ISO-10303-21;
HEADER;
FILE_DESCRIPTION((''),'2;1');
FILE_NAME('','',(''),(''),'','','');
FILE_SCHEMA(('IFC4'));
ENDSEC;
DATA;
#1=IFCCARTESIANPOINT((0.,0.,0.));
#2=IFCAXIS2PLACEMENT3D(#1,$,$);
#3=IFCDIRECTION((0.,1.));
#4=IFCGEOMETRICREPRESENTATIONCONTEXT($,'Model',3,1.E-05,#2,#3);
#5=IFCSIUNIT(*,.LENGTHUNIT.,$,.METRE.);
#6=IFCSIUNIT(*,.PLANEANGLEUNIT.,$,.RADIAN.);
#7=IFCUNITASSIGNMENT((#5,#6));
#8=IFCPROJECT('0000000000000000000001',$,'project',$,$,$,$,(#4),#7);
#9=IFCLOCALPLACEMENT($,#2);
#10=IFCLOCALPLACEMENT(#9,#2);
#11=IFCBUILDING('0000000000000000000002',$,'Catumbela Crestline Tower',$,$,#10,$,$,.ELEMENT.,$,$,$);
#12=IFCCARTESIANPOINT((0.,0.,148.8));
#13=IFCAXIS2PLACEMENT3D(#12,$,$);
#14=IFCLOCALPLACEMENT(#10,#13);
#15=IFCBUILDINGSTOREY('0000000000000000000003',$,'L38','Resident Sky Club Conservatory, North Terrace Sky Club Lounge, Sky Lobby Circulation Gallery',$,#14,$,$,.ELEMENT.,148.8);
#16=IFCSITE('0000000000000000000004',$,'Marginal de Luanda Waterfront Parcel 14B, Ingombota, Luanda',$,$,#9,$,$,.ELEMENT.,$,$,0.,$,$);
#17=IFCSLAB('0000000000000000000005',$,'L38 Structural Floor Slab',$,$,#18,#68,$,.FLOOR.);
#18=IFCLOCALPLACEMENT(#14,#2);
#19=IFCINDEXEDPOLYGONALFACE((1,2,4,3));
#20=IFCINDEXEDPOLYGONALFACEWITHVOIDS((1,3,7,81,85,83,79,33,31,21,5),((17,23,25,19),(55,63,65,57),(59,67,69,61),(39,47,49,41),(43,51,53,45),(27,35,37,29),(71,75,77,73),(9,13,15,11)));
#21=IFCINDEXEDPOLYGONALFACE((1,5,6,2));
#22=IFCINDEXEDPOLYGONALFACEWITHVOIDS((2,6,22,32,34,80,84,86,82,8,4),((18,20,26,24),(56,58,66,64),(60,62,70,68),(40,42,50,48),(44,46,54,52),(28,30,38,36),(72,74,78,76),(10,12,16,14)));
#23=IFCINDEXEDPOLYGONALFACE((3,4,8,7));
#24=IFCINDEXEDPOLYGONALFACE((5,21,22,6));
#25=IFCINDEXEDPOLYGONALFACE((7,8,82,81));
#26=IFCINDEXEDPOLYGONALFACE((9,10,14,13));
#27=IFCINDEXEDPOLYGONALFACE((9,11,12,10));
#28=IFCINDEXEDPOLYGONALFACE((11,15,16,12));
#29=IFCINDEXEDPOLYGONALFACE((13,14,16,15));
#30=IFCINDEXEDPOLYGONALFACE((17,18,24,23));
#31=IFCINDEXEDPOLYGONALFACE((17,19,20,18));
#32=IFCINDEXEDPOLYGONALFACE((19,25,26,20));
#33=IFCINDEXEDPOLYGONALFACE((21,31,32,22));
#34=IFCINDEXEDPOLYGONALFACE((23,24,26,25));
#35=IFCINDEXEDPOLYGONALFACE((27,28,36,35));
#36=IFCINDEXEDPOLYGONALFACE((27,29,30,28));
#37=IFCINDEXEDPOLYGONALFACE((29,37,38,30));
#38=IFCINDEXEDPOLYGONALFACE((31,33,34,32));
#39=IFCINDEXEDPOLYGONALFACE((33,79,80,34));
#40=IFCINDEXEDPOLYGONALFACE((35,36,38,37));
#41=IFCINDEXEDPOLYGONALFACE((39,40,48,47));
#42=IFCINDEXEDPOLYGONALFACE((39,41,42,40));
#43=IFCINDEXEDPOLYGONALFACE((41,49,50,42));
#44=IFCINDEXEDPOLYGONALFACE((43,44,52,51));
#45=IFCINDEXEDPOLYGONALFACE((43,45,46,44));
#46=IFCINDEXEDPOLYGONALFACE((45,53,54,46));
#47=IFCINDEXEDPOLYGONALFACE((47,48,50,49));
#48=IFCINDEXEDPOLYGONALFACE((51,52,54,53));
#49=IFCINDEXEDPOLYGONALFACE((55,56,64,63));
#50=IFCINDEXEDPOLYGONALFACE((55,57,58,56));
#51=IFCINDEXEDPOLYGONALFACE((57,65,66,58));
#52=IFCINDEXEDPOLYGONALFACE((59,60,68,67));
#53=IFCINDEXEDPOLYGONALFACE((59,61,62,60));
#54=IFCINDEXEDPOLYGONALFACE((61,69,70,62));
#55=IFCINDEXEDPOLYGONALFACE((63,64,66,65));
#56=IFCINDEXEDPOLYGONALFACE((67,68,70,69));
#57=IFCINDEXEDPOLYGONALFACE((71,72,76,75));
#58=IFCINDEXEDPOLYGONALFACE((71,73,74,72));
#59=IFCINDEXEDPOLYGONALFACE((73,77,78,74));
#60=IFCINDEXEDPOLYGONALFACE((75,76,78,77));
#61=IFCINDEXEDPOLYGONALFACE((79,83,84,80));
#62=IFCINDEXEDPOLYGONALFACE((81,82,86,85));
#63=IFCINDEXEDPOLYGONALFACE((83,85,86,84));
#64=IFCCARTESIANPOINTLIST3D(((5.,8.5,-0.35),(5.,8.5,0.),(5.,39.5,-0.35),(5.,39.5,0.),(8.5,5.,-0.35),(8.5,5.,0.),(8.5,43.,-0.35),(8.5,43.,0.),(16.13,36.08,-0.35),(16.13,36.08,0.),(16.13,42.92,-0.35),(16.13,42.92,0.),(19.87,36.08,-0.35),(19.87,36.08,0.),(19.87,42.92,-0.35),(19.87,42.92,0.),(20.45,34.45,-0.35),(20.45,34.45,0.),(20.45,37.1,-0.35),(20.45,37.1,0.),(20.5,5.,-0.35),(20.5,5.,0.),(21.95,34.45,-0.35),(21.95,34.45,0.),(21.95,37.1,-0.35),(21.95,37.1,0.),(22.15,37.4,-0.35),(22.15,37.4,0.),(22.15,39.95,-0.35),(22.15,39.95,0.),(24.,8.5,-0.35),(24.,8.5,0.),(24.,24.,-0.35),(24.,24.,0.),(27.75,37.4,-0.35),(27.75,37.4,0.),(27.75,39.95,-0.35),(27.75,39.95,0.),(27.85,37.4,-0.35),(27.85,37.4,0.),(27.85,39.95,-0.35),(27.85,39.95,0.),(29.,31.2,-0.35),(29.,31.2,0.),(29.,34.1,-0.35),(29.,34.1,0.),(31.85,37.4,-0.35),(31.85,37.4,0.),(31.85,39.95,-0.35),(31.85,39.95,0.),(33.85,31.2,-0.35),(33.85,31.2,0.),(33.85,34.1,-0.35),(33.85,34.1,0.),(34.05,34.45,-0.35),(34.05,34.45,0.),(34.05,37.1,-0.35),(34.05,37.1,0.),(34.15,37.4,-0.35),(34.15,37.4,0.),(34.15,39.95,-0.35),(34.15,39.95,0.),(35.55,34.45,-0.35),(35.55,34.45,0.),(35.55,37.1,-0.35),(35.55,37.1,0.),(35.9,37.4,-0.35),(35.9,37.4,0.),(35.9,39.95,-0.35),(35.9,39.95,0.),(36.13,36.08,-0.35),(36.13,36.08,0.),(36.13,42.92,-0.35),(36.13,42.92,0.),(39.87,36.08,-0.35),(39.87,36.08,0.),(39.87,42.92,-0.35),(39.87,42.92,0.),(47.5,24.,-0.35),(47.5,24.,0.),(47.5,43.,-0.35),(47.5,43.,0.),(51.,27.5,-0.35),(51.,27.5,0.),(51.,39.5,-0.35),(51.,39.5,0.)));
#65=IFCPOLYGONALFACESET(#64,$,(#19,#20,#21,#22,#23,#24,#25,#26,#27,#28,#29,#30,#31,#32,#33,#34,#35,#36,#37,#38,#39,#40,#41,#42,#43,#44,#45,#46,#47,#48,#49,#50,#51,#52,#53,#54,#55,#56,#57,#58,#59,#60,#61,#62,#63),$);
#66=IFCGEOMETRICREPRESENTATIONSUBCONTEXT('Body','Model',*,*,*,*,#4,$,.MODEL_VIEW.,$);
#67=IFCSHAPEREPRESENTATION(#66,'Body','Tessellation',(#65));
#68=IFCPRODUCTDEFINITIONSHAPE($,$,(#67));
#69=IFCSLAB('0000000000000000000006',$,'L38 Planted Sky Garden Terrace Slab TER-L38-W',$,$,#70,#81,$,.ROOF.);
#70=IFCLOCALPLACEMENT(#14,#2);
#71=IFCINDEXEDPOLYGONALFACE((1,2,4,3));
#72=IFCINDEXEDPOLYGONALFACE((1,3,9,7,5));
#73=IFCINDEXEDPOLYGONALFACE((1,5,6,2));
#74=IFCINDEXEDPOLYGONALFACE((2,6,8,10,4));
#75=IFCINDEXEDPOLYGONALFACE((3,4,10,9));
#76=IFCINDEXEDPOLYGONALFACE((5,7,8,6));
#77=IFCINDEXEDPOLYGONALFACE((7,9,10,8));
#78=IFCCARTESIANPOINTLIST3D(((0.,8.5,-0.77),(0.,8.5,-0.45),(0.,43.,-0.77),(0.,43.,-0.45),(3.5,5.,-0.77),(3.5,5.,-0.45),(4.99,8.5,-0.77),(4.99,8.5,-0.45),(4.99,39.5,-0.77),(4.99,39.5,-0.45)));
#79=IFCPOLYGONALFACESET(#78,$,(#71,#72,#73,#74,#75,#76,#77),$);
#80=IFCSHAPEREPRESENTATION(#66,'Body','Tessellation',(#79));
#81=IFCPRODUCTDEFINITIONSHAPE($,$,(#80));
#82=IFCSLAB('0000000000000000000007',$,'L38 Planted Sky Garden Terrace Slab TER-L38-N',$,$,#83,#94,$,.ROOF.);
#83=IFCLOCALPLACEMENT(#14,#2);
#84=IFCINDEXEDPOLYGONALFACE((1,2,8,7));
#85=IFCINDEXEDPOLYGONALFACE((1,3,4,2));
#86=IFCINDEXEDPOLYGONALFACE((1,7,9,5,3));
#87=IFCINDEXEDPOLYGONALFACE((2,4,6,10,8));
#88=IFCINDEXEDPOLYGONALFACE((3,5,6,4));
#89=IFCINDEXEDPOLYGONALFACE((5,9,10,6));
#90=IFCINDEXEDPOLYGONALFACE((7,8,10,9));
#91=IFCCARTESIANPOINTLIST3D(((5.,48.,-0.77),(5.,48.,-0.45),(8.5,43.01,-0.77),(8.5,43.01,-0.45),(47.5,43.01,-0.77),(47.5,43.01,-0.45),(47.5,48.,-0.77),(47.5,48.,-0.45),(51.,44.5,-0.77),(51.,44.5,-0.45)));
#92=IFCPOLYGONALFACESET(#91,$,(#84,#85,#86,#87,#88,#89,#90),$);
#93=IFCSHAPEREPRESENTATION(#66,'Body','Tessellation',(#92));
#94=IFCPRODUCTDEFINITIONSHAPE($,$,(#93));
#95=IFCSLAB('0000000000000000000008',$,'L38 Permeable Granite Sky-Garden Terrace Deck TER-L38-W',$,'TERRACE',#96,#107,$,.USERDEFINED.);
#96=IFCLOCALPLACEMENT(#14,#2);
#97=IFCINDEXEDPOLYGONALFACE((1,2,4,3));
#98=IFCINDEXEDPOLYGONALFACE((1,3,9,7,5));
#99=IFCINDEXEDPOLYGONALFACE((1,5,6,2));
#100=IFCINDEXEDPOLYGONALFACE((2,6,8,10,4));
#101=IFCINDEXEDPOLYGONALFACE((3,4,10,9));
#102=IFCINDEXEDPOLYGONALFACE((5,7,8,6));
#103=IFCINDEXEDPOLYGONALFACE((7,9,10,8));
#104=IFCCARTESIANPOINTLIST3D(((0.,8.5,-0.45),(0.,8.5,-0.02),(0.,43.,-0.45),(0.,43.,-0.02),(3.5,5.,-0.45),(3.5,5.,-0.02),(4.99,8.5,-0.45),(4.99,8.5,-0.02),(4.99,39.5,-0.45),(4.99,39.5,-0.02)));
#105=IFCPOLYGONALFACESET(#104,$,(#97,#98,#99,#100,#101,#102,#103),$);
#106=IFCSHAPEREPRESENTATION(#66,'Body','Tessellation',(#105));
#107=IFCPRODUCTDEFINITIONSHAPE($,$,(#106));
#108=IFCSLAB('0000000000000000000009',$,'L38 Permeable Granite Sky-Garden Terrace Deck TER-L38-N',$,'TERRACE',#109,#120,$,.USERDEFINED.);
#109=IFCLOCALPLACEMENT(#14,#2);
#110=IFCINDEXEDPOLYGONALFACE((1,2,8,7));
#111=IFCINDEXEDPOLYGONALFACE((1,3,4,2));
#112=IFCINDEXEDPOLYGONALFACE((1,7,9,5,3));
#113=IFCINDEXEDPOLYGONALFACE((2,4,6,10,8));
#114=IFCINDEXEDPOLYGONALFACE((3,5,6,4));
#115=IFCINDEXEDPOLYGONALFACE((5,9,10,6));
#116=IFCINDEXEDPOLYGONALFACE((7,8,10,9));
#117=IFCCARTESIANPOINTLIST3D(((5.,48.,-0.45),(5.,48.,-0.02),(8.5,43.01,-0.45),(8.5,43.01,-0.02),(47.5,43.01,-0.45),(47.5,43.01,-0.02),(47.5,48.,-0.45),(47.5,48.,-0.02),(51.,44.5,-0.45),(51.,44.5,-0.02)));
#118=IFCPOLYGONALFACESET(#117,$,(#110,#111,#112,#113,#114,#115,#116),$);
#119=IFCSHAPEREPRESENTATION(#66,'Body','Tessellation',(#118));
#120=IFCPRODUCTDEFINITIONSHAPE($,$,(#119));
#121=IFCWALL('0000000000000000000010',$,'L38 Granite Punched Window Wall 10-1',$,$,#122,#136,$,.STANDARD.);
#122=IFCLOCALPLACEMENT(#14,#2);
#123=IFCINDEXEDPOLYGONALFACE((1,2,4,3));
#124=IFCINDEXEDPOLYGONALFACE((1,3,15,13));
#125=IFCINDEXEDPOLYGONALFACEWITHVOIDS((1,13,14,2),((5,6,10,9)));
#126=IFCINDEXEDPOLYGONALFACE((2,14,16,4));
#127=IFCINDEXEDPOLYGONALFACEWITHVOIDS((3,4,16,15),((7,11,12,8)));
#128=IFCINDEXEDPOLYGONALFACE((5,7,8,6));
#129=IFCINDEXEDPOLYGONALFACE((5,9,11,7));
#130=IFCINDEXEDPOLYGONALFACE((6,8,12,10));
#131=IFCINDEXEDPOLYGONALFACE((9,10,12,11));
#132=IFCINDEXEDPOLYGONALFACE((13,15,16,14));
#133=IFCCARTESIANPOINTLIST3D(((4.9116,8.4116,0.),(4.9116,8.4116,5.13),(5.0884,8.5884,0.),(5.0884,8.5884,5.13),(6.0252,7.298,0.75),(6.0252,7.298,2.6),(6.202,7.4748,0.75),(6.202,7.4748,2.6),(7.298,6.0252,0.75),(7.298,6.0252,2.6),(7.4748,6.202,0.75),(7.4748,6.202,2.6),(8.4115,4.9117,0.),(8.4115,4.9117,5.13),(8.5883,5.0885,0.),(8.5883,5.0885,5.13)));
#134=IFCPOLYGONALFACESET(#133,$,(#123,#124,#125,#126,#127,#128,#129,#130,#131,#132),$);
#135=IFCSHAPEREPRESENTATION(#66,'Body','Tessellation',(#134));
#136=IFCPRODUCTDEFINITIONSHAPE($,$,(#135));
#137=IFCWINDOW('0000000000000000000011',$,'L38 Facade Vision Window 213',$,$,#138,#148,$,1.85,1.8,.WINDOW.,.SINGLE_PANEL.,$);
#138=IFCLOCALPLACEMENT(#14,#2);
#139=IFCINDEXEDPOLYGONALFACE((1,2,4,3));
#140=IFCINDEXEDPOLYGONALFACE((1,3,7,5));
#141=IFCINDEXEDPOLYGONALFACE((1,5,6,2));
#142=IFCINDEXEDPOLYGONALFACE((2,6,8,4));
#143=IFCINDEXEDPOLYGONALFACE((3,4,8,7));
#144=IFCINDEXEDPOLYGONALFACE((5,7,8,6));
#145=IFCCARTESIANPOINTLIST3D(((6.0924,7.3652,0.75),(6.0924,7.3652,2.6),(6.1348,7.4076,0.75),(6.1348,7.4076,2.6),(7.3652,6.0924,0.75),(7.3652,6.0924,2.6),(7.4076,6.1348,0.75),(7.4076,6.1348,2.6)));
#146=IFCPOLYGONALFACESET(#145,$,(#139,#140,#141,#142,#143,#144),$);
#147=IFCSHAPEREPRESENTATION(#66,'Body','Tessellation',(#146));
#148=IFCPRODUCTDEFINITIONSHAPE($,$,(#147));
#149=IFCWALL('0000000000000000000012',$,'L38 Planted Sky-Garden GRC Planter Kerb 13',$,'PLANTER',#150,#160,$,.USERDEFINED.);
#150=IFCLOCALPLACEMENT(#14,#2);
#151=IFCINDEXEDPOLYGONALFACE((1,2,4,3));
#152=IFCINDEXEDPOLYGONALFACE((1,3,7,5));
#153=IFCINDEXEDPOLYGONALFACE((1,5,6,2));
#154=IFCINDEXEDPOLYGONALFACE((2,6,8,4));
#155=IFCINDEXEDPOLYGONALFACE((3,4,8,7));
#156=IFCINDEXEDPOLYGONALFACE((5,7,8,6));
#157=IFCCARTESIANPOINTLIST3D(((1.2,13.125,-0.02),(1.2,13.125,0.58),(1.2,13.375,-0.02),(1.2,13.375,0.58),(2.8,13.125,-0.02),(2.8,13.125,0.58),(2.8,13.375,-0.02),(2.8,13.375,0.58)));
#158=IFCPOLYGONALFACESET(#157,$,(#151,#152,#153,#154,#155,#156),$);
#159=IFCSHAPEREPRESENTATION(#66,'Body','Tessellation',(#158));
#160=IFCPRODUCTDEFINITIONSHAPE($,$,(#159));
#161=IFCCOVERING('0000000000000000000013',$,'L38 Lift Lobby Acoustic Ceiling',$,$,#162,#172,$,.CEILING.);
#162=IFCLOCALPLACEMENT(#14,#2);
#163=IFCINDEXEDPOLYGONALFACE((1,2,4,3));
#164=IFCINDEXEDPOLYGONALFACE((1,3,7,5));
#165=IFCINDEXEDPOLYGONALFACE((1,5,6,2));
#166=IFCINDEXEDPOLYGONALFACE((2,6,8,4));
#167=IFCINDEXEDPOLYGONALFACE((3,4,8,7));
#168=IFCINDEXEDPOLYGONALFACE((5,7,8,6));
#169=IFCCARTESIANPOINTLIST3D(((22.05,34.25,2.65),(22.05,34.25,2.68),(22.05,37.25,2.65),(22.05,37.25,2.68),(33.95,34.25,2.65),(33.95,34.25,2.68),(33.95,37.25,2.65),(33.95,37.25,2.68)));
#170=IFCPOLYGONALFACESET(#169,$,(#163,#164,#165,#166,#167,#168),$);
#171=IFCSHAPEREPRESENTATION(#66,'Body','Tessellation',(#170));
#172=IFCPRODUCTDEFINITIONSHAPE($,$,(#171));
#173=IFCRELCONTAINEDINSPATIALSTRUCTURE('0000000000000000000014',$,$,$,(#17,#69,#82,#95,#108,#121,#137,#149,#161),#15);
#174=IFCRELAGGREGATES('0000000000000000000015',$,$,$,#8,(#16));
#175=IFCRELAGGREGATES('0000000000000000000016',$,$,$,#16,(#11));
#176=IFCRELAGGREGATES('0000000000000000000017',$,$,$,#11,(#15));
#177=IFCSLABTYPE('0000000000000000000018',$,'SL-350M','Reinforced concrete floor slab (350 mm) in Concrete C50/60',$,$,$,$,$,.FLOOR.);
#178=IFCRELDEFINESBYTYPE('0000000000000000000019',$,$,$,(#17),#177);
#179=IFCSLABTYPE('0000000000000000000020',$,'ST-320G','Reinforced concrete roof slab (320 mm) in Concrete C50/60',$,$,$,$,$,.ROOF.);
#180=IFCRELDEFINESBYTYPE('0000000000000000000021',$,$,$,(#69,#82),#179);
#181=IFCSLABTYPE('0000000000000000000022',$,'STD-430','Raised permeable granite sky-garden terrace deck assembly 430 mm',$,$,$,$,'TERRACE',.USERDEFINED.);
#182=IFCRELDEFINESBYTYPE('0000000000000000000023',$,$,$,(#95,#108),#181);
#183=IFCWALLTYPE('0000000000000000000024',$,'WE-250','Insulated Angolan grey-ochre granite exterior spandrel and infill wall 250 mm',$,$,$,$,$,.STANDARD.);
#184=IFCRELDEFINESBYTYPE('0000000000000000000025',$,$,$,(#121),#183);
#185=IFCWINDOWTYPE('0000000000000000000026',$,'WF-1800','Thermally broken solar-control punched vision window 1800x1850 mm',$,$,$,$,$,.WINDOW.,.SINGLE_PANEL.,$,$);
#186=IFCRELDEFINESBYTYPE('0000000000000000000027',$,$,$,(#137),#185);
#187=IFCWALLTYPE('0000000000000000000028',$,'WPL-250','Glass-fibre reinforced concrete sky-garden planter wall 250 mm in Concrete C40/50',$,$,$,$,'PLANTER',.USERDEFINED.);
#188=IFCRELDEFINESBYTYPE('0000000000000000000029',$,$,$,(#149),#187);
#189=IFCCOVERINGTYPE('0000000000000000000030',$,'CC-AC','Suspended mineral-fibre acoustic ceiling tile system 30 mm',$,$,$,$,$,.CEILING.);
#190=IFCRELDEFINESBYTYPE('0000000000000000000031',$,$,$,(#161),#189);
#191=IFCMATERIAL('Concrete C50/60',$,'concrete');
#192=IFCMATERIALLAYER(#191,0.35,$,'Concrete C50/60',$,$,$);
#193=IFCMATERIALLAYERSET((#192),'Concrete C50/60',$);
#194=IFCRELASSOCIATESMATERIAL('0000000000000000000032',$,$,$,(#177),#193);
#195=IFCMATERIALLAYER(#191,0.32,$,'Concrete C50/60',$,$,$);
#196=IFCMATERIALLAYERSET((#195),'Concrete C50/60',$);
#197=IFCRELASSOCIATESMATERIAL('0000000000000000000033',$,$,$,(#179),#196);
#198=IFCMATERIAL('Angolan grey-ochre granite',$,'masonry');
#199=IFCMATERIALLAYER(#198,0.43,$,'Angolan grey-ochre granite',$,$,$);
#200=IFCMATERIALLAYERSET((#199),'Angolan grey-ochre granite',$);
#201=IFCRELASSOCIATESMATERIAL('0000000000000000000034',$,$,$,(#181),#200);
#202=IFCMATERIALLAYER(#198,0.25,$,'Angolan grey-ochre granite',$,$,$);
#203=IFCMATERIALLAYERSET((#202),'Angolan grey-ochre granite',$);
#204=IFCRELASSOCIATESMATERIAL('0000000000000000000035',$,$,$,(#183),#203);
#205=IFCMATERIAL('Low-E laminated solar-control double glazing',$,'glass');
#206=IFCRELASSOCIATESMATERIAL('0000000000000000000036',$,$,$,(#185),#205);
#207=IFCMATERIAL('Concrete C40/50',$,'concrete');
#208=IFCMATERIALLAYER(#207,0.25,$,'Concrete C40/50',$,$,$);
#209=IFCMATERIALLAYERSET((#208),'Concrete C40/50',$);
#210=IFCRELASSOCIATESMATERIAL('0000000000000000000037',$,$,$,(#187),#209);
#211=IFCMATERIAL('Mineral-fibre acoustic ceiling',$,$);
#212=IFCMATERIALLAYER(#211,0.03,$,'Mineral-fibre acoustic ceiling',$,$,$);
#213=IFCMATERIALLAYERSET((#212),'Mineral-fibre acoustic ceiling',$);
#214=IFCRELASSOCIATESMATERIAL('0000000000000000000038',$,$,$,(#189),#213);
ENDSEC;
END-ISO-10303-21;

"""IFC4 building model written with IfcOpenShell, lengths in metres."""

from ifc_helpers import new_model, si_unit, direction, frame, frame_2d, origin, place, context, subcontext, project, spatial, polyline, rectangle, outline, extrude, material, layer, layer_set, type_object, element, fill, save


model = new_model("IFC4")

# Units and contexts
model_context = context("Model", 3, precision=1e-05, world=origin(), true_north=direction((0.0, 1.0)))
body_context = subcontext(model_context, "Body", "Model", "MODEL_VIEW")
ifc_project = project(units=[si_unit("LENGTHUNIT", "METRE"), si_unit("PLANEANGLEUNIT", "RADIAN")], contexts=[model_context])

# Site, building, storey
site_placement = place(None, origin())
site = spatial("IfcSite", under=ifc_project, at=site_placement, Name="Marginal de Luanda Waterfront Parcel 14B, Ingombota, Luanda", CompositionType="ELEMENT", RefElevation=0.0)
building_placement = place(site_placement, origin())
building = spatial("IfcBuilding", under=site, at=building_placement, Name="Catumbela Crestline Tower", CompositionType="ELEMENT")
storey_placement = place(building_placement, frame((0.0, 0.0, 148.8)))
storey = spatial("IfcBuildingStorey", under=building, at=storey_placement, Name="L38", Description="Resident Sky Club Conservatory, North Terrace Sky Club Lounge, Sky Lobby Circulation Gallery", CompositionType="ELEMENT", Elevation=148.8)

# Shared definitions
ifc_material_1 = material(Name="Low-E laminated solar-control double glazing", Category="glass")

# Slabs
ifc_material_2 = material(Name="Concrete C50/60", Category="concrete")
ifc_layer_1 = layer(ifc_material_2, 0.35, Name="Concrete C50/60")
ifc_layer_set_1 = layer_set([ifc_layer_1], Name="Concrete C50/60")
slab_type_1 = type_object("IfcSlabType", Name="SL-350M", Description="Reinforced concrete floor slab (350 mm) in Concrete C50/60", PredefinedType="FLOOR", material=ifc_layer_set_1)
slab_1_placement = place(storey_placement, frame((0.0, 0.0, -0.35)))
element("IfcSlab", 1, at=slab_1_placement, inside=storey, type_object=slab_type_1, Name="L38 Structural Floor Slab", PredefinedType="FLOOR", context=body_context, shape_type="SweptSolid", body=[
    extrude(outline(polyline([(8.5, 5.0), (20.5, 5.0), (24.0, 8.5), (24.0, 24.0), (47.5, 24.0), (51.0, 27.5), (51.0, 39.5), (47.5, 43.0), (8.5, 43.0), (5.0, 39.5), (5.0, 8.5), (8.5, 5.0)]), holes=[polyline([(16.13, 36.08), (19.87, 36.08), (19.87, 42.92), (16.13, 42.92), (16.13, 36.08)]), polyline([(36.13, 36.08), (39.87, 36.08), (39.87, 42.92), (36.13, 42.92), (36.13, 36.08)]), polyline([(29.0, 31.2), (33.85, 31.2), (33.85, 34.1), (29.0, 34.1), (29.0, 31.2)]), polyline([(22.15, 37.4), (27.75, 37.4), (27.75, 39.95), (22.15, 39.95), (22.15, 37.4)]), polyline([(27.85, 37.4), (31.85, 37.4), (31.85, 39.95), (27.85, 39.95), (27.85, 37.4)]), polyline([(20.45, 34.45), (21.95, 34.45), (21.95, 37.1), (20.45, 37.1), (20.45, 34.45)]), polyline([(34.05, 34.45), (35.55, 34.45), (35.55, 37.1), (34.05, 37.1), (34.05, 34.45)]), polyline([(34.15, 37.4), (35.9, 37.4), (35.9, 39.95), (34.15, 39.95), (34.15, 37.4)])]), origin(), (0.0, 0.0, 1.0), 0.35),
])
ifc_layer_2 = layer(ifc_material_2, 0.32, Name="Concrete C50/60")
ifc_layer_set_2 = layer_set([ifc_layer_2], Name="Concrete C50/60")
slab_type_2 = type_object("IfcSlabType", Name="ST-320G", Description="Reinforced concrete roof slab (320 mm) in Concrete C50/60", PredefinedType="ROOF", material=ifc_layer_set_2)
slab_2_placement = place(storey_placement, frame((0.0, 0.0, -0.77)))
element("IfcSlab", 2, at=slab_2_placement, inside=storey, type_object=slab_type_2, Name="L38 Planted Sky Garden Terrace Slab TER-L38-W", PredefinedType="ROOF", context=body_context, shape_type="SweptSolid", body=[
    extrude(outline(polyline([(0.0, 8.5), (3.5, 5.0), (4.99, 8.5), (4.99, 39.5), (0.0, 43.0), (0.0, 8.5)])), origin(), (0.0, 0.0, 1.0), 0.32),
])
slab_3_placement = place(storey_placement, frame((0.0, 0.0, -0.77)))
element("IfcSlab", 3, at=slab_3_placement, inside=storey, type_object=slab_type_2, Name="L38 Planted Sky Garden Terrace Slab TER-L38-N", PredefinedType="ROOF", context=body_context, shape_type="SweptSolid", body=[
    extrude(outline(polyline([(8.5, 43.01), (47.5, 43.01), (51.0, 44.5), (47.5, 48.0), (5.0, 48.0), (8.5, 43.01)])), origin(), (0.0, 0.0, 1.0), 0.32),
])
ifc_material_3 = material(Name="Angolan grey-ochre granite", Category="masonry")
ifc_layer_3 = layer(ifc_material_3, 0.43, Name="Angolan grey-ochre granite")
ifc_layer_set_3 = layer_set([ifc_layer_3], Name="Angolan grey-ochre granite")
slab_type_3 = type_object("IfcSlabType", Name="STD-430", Description="Raised permeable granite sky-garden terrace deck assembly 430 mm", ElementType="TERRACE", PredefinedType="USERDEFINED", material=ifc_layer_set_3)
slab_4_placement = place(storey_placement, frame((0.0, 0.0, -0.45)))
element("IfcSlab", 4, at=slab_4_placement, inside=storey, type_object=slab_type_3, Name="L38 Permeable Granite Sky-Garden Terrace Deck TER-L38-W", ObjectType="TERRACE", PredefinedType="USERDEFINED", context=body_context, shape_type="SweptSolid", body=[
    extrude(outline(polyline([(0.0, 8.5), (3.5, 5.0), (4.99, 8.5), (4.99, 39.5), (0.0, 43.0), (0.0, 8.5)])), origin(), (0.0, 0.0, 1.0), 0.43),
])
slab_5_placement = place(storey_placement, frame((0.0, 0.0, -0.45)))
element("IfcSlab", 5, at=slab_5_placement, inside=storey, type_object=slab_type_3, Name="L38 Permeable Granite Sky-Garden Terrace Deck TER-L38-N", ObjectType="TERRACE", PredefinedType="USERDEFINED", context=body_context, shape_type="SweptSolid", body=[
    extrude(outline(polyline([(8.5, 43.01), (47.5, 43.01), (51.0, 44.5), (47.5, 48.0), (5.0, 48.0), (8.5, 43.01)])), origin(), (0.0, 0.0, 1.0), 0.43),
])

# Wall, opening, window
ifc_layer_4 = layer(ifc_material_3, 0.25, Name="Angolan grey-ochre granite")
ifc_layer_set_4 = layer_set([ifc_layer_4], Name="Angolan grey-ochre granite")
wall_type_1 = type_object("IfcWallType", Name="WE-250", Description="Insulated Angolan grey-ochre granite exterior spandrel and infill wall 250 mm", PredefinedType="STANDARD", material=ifc_layer_set_4)
wall_1_placement = place(storey_placement, frame((5.0, 8.5, 0.0), z_axis=(0.0, 0.0, 1.0), x_axis=(0.707107, -0.707107, 0.0)))
wall_1 = element("IfcWall", 6, at=wall_1_placement, inside=storey, type_object=wall_type_1, Name="L38 Granite Punched Window Wall 10-1", PredefinedType="STANDARD", context=body_context, shape_type="SweptSolid", body=[
    extrude(rectangle(XDim=4.9497, YDim=0.25, at=frame_2d((2.4748, 0.0))), origin(), (0.0, 0.0, 1.0), 5.13),
])
opening_placement = place(wall_1_placement, frame((1.5749, 0.0, 0.75)))
opening = element("IfcOpeningElement", 7, at=opening_placement, cuts=wall_1, PredefinedType="OPENING", context=body_context, shape_type="SweptSolid", body=[
    extrude(rectangle(XDim=1.8, YDim=1.85, at=frame_2d((0.9, 0.925))), frame((0.0, 0.135, 0.0), z_axis=(0.0, -1.0, 0.0), x_axis=(1.0, 0.0, 0.0)), (0.0, 0.0, 1.0), 0.27),
])
window_type = type_object("IfcWindowType", Name="WF-1800", Description="Thermally broken solar-control punched vision window 1800x1850 mm", PartitioningType="SINGLE_PANEL", PredefinedType="WINDOW", material=ifc_material_1)
window_placement = place(opening_placement, origin())
window = element("IfcWindow", 8, at=window_placement, inside=storey, type_object=window_type, Name="L38 Facade Vision Window 213", OverallHeight=1.85, OverallWidth=1.8, PartitioningType="SINGLE_PANEL", PredefinedType="WINDOW", context=body_context, shape_type="SweptSolid", body=[
    extrude(rectangle(XDim=1.8, YDim=1.85, at=frame_2d((0.9, 0.925))), frame((0.0, 0.03, 0.0), z_axis=(0.0, -1.0, 0.0), x_axis=(1.0, 0.0, 0.0)), (0.0, 0.0, 1.0), 0.06),
])
fill(opening, window)

# Wall
ifc_material_4 = material(Name="Concrete C40/50", Category="concrete")
ifc_layer_5 = layer(ifc_material_4, 0.25, Name="Concrete C40/50")
ifc_layer_set_5 = layer_set([ifc_layer_5], Name="Concrete C40/50")
wall_type_2 = type_object("IfcWallType", Name="WPL-250", Description="Glass-fibre reinforced concrete sky-garden planter wall 250 mm in Concrete C40/50", ElementType="PLANTER", PredefinedType="USERDEFINED", material=ifc_layer_set_5)
wall_2_placement = place(storey_placement, frame((1.2, 13.25, -0.02), z_axis=(0.0, 0.0, 1.0), x_axis=(1.0, 0.0, 0.0)))
element("IfcWall", 9, at=wall_2_placement, inside=storey, type_object=wall_type_2, Name="L38 Planted Sky-Garden GRC Planter Kerb 13", ObjectType="PLANTER", PredefinedType="USERDEFINED", context=body_context, shape_type="SweptSolid", body=[
    extrude(rectangle(XDim=1.6, YDim=0.25, at=frame_2d((0.8, 0.0))), origin(), (0.0, 0.0, 1.0), 0.6),
])

# Covering
ifc_material_5 = material(Name="Mineral-fibre acoustic ceiling")
ifc_layer_6 = layer(ifc_material_5, 0.03, Name="Mineral-fibre acoustic ceiling")
ifc_layer_set_6 = layer_set([ifc_layer_6], Name="Mineral-fibre acoustic ceiling")
covering_type_1 = type_object("IfcCoveringType", Name="CC-AC", Description="Suspended mineral-fibre acoustic ceiling tile system 30 mm", PredefinedType="CEILING", material=ifc_layer_set_6)
covering_1_placement = place(storey_placement, frame((0.0, 0.0, 2.65)))
element("IfcCovering", 10, at=covering_1_placement, inside=storey, type_object=covering_type_1, Name="L38 Lift Lobby Acoustic Ceiling", PredefinedType="CEILING", context=body_context, shape_type="SweptSolid", body=[
    extrude(outline(polyline([(22.05, 34.25), (33.95, 34.25), (33.95, 37.25), (22.05, 37.25), (22.05, 34.25)])), origin(), (0.0, 0.0, 1.0), 0.03),
])

save(model, "model.ifc")
